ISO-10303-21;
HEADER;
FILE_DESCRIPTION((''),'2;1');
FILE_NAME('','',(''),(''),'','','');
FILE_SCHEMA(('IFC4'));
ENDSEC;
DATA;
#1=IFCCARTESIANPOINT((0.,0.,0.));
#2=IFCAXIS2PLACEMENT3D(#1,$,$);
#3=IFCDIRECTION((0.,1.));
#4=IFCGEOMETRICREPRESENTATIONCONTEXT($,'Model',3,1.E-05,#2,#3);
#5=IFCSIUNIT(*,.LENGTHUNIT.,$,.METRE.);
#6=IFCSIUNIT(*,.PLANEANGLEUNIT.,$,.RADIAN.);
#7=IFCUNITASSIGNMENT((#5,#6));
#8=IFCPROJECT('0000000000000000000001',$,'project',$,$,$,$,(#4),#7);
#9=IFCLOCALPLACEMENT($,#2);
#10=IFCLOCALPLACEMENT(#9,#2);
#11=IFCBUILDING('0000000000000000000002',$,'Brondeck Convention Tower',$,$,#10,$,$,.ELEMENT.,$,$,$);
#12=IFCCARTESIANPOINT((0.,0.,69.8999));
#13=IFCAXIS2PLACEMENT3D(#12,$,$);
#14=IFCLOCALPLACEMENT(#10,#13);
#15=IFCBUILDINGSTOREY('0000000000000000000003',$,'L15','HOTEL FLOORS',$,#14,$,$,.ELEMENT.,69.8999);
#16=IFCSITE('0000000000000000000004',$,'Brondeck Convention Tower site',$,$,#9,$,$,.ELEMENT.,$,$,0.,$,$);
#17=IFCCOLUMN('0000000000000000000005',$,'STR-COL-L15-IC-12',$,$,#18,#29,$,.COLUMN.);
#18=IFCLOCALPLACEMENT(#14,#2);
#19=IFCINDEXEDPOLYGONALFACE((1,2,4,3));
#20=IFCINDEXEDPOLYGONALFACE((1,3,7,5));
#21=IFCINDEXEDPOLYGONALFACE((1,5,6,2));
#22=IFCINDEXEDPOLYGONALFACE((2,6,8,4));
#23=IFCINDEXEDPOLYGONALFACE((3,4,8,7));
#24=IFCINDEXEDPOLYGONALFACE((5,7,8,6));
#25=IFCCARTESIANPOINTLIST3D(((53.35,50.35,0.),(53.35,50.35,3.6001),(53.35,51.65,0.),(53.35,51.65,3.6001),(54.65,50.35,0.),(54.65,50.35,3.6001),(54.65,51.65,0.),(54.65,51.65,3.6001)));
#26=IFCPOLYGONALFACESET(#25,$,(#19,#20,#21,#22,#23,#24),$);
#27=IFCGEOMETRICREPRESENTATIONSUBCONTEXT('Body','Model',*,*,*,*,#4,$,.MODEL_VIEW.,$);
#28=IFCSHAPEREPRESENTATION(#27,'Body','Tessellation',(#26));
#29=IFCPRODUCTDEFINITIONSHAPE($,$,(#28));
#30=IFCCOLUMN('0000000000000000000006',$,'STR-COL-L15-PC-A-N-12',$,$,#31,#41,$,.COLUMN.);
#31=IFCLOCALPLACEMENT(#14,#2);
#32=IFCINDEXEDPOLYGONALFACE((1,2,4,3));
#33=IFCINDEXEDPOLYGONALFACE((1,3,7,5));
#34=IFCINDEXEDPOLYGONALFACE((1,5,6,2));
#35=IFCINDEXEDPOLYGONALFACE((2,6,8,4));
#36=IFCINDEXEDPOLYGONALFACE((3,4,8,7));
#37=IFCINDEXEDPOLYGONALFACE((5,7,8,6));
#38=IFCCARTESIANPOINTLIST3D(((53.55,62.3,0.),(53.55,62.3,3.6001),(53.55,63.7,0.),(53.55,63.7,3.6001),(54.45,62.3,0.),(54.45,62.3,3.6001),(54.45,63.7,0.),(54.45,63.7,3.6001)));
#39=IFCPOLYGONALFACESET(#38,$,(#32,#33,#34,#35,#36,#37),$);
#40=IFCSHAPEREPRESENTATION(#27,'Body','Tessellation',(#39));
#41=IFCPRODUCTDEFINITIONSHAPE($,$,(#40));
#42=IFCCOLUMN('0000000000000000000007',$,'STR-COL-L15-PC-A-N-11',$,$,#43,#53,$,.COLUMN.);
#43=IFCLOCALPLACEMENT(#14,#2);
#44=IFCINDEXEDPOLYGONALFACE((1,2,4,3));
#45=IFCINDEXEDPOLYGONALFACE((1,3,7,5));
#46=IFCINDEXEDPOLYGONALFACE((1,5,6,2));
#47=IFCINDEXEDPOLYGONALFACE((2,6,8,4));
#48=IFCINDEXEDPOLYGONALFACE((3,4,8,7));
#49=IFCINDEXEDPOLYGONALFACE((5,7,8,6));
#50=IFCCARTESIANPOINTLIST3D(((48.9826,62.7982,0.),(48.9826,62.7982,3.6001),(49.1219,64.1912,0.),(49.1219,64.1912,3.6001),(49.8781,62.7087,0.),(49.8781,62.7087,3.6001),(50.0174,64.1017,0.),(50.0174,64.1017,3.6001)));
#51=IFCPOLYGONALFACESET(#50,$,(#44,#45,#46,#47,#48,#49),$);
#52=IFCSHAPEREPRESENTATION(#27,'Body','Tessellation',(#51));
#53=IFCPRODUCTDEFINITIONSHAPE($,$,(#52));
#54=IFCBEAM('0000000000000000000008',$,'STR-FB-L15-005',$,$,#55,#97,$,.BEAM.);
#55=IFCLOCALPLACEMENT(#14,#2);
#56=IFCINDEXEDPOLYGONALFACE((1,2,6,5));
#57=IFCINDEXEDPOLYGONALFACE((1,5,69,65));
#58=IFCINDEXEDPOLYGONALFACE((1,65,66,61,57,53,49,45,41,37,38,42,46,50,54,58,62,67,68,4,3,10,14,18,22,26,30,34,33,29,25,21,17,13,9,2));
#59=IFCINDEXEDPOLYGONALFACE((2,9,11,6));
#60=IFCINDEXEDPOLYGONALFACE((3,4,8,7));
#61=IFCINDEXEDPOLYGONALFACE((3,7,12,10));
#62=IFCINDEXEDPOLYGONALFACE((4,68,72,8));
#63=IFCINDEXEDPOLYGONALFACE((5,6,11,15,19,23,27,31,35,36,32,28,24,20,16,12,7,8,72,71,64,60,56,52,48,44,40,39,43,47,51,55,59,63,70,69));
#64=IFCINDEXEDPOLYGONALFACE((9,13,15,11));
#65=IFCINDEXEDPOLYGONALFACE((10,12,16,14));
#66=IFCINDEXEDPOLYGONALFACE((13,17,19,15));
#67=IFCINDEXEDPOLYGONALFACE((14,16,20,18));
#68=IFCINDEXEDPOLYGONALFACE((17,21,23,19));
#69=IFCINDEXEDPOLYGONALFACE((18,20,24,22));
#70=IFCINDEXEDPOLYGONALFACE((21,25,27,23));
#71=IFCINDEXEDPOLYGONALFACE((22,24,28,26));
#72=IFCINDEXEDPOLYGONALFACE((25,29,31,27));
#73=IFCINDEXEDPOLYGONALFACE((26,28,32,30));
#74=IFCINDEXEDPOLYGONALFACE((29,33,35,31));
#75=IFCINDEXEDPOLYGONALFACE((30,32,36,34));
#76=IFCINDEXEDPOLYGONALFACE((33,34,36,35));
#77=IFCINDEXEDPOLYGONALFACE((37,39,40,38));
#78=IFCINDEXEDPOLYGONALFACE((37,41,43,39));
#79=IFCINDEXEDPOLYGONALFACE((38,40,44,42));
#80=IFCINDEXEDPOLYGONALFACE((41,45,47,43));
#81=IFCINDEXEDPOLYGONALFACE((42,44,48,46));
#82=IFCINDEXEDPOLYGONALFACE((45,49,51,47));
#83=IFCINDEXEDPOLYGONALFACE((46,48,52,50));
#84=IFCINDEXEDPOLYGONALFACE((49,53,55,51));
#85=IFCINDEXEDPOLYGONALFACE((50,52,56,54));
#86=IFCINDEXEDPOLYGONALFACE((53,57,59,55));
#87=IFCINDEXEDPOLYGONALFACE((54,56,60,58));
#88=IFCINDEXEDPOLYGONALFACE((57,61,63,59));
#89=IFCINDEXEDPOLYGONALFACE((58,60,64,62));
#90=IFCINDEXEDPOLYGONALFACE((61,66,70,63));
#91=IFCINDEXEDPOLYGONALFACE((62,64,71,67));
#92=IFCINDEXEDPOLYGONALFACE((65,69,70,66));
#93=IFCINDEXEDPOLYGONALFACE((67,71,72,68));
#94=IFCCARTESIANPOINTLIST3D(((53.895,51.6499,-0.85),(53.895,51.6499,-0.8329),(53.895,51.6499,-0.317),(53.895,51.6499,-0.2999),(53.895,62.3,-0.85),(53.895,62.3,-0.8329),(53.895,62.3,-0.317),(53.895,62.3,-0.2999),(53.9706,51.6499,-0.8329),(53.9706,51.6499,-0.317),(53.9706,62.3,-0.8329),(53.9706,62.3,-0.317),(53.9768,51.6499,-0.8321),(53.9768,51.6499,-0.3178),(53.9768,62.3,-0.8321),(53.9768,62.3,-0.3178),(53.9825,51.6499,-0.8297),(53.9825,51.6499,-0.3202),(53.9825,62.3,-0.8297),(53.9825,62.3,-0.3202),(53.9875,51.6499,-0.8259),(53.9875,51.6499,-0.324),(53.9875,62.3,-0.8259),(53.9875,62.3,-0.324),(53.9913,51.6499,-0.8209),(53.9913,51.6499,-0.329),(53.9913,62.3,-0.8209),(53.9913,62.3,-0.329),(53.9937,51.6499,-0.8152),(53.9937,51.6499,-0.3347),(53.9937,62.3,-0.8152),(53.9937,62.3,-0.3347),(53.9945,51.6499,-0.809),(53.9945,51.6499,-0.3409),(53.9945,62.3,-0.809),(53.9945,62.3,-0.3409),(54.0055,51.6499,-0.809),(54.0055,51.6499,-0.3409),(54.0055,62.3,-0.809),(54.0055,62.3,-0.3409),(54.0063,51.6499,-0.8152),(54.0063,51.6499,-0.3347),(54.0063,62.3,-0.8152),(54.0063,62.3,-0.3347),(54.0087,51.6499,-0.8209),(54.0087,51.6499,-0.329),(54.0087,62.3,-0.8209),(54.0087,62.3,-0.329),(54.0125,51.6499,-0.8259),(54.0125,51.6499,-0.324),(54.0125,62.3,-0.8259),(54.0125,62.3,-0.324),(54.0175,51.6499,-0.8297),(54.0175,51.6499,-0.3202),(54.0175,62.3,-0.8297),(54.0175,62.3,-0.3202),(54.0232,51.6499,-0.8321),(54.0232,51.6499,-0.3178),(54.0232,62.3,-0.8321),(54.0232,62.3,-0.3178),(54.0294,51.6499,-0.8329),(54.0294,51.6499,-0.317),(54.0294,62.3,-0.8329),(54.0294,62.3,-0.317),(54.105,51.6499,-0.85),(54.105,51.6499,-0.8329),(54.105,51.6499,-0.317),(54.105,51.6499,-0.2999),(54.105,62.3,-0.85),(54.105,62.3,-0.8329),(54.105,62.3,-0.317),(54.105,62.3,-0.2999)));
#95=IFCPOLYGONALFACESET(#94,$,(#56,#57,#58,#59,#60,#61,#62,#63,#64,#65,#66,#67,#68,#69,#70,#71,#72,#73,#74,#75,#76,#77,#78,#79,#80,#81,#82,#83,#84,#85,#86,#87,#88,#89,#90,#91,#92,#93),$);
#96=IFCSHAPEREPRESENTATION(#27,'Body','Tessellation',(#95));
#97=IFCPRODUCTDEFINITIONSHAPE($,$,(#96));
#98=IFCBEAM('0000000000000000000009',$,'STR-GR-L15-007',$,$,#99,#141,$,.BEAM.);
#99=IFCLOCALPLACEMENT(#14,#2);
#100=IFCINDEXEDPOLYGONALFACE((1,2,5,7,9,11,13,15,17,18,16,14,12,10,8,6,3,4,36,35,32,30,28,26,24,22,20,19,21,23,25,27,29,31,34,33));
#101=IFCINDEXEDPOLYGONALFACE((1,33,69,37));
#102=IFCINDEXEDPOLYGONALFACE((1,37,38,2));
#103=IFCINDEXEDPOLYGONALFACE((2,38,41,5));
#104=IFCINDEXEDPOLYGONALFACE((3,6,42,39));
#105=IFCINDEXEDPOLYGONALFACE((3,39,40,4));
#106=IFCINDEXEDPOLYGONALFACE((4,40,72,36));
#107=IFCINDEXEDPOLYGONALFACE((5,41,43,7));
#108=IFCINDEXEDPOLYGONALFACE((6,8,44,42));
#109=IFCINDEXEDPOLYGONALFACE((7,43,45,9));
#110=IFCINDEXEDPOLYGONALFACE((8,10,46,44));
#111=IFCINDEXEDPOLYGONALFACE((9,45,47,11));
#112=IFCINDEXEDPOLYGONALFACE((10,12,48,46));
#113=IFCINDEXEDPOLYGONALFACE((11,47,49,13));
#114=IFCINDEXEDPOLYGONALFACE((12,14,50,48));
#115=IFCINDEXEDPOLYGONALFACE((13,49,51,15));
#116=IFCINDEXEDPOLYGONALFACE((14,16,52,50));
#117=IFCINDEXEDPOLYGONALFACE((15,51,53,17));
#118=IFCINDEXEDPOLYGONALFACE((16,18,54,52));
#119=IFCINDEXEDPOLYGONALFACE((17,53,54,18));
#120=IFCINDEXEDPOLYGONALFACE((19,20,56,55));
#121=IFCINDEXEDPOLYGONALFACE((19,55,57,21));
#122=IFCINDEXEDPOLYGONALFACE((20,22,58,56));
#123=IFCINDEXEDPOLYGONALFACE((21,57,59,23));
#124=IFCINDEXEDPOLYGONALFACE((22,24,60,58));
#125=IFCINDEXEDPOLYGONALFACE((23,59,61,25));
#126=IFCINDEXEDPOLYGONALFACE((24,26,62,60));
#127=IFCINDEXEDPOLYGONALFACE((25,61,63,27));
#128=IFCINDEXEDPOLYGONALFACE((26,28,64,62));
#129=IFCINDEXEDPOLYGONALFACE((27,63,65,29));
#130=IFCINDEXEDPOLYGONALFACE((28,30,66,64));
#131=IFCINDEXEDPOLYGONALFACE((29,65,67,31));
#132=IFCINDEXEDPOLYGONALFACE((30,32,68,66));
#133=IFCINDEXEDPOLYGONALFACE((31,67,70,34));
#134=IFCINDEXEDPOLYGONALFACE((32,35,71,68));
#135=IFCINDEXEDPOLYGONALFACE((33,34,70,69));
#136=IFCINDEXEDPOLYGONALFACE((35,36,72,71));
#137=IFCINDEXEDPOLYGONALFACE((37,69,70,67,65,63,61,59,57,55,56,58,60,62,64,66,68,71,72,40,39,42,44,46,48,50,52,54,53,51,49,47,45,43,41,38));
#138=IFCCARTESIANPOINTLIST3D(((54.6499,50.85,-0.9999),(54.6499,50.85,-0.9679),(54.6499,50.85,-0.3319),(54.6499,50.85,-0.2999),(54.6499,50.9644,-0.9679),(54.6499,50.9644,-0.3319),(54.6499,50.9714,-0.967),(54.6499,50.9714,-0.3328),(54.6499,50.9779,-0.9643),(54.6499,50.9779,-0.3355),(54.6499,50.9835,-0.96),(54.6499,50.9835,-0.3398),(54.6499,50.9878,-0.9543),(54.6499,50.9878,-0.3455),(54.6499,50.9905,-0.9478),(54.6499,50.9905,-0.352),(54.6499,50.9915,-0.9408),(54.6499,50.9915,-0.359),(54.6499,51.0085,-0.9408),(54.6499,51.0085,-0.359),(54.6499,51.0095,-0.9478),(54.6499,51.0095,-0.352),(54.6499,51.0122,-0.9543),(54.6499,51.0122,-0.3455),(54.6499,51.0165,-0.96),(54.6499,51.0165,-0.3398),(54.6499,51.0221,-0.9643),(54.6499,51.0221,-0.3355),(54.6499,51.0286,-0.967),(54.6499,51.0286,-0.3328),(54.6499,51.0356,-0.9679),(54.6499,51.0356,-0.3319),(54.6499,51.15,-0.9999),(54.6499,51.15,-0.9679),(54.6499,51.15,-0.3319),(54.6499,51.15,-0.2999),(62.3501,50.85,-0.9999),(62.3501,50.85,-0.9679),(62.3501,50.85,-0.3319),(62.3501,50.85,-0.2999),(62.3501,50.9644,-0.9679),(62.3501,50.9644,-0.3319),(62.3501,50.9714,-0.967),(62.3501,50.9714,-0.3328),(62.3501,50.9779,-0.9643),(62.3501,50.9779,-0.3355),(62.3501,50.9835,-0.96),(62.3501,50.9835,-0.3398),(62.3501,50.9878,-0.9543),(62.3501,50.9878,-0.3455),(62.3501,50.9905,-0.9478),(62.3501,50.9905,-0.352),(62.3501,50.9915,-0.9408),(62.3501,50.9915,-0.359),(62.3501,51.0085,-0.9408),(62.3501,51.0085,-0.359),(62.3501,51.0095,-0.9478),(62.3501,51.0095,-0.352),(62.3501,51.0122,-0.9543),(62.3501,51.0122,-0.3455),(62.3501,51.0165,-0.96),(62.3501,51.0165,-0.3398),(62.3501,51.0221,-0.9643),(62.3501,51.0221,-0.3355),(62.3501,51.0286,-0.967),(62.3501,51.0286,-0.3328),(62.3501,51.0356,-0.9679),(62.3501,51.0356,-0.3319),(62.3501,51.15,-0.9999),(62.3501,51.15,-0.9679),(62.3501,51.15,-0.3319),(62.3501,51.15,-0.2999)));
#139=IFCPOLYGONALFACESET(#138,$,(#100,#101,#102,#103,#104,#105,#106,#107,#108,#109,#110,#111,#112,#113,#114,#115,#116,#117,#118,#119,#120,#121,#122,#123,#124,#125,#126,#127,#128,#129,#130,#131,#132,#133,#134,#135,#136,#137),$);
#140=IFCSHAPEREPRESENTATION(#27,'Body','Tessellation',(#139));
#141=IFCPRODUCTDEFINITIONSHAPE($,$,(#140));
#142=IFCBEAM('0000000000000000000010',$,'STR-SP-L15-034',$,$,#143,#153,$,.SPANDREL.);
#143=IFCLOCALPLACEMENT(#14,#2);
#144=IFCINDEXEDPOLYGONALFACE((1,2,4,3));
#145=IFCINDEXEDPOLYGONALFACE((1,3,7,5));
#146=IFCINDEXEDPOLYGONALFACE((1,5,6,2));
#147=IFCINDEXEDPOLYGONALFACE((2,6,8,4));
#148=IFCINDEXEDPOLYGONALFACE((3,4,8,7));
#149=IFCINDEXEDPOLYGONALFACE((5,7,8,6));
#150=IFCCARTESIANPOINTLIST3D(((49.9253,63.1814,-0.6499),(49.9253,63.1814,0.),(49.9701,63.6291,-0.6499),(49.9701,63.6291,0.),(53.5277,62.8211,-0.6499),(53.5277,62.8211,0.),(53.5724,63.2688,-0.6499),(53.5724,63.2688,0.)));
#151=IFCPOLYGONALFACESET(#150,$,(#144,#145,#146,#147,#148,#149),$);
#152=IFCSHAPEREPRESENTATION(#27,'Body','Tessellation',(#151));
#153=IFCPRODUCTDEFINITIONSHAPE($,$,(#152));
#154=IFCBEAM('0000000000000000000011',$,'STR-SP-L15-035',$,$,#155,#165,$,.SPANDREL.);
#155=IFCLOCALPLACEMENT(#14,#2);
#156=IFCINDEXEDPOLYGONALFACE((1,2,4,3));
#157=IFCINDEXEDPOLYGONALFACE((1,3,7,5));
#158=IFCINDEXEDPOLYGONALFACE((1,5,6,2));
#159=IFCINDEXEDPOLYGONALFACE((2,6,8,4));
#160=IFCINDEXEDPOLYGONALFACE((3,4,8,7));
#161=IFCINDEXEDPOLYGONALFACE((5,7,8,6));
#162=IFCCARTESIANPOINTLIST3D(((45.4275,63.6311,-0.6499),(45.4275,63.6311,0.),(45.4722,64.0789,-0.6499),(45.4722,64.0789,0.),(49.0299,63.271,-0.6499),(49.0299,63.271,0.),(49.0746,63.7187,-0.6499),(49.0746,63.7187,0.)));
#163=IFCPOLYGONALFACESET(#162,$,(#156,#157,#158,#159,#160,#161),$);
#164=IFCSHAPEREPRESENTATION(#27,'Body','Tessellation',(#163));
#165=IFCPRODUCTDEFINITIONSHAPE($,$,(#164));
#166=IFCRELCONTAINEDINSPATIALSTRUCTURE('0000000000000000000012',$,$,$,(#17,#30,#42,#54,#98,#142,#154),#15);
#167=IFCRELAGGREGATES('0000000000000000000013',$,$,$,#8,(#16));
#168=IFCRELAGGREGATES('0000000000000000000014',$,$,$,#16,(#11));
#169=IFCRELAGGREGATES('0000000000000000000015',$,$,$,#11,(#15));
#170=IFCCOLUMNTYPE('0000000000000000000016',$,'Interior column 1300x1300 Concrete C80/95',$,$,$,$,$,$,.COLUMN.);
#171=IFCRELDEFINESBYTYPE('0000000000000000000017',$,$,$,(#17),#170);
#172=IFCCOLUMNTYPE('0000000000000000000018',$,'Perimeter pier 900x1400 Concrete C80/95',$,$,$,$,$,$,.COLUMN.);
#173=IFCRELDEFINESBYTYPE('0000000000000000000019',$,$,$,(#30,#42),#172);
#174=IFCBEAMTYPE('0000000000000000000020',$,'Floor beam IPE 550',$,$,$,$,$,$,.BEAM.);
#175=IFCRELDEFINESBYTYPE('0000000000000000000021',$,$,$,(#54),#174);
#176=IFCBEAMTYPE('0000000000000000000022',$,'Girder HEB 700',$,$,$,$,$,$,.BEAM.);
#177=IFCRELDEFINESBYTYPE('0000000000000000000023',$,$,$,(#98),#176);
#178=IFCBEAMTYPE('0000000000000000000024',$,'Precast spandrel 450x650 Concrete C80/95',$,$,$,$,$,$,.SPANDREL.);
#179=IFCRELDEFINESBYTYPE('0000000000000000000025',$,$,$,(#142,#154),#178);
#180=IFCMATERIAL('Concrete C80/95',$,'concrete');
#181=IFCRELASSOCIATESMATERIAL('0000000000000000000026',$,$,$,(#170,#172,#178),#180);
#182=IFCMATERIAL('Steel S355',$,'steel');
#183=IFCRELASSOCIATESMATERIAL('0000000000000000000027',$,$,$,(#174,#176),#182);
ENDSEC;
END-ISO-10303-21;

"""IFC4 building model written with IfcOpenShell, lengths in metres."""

from ifc_helpers import new_model, si_unit, direction, frame, origin, origin_2d, place, context, subcontext, project, spatial, rectangle, i_section, extrude, material, material_profile, profile_set, type_object, element, save


model = new_model("IFC4")

# Units and contexts
model_context = context("Model", 3, precision=1e-05, world=origin(), true_north=direction((0.0, 1.0)))
body_context = subcontext(model_context, "Body", "Model", "MODEL_VIEW")
ifc_project = project(units=[si_unit("LENGTHUNIT", "METRE"), si_unit("PLANEANGLEUNIT", "RADIAN")], contexts=[model_context])

# Site, building, storey
site_placement = place(None, origin())
site = spatial("IfcSite", under=ifc_project, at=site_placement, Name="Brondeck Convention Tower site", CompositionType="ELEMENT", RefElevation=0.0)
building_placement = place(site_placement, origin())
building = spatial("IfcBuilding", under=site, at=building_placement, Name="Brondeck Convention Tower", CompositionType="ELEMENT")
storey_placement = place(building_placement, frame((0.0, 0.0, 69.8999)))
storey = spatial("IfcBuildingStorey", under=building, at=storey_placement, Name="L15", Description="HOTEL FLOORS", CompositionType="ELEMENT", Elevation=69.8999)

# Columns
ifc_material_1 = material(Name="Concrete C80/95", Category="concrete")
ifc_material_profile_1 = material_profile(ifc_material_1, rectangle(XDim=1.3, YDim=1.3, at=origin_2d()), Name="Interior column 1300x1300 Concrete C80/95")
ifc_profile_set_1 = profile_set([ifc_material_profile_1], Name="Concrete C80/95")
column_type_1 = type_object("IfcColumnType", Name="Interior column 1300x1300 Concrete C80/95", PredefinedType="COLUMN", material=ifc_profile_set_1)
column_placement = place(storey_placement, frame((54.0, 51.0, 0.0), z_axis=(0.0, 0.0, 1.0), x_axis=(1.0, 0.0, 0.0)))
element("IfcColumn", 1, at=column_placement, inside=storey, type_object=column_type_1, Name="STR-COL-L15-IC-12", PredefinedType="COLUMN", context=body_context, shape_type="SweptSolid", body=[
    extrude(rectangle(XDim=1.3, YDim=1.3, at=origin_2d()), origin(), (0.0, 0.0, 1.0), 3.6001),
])
ifc_material_profile_2 = material_profile(ifc_material_1, rectangle(XDim=0.8999, YDim=1.3999, at=origin_2d()), Name="Perimeter pier 900x1400 Concrete C80/95")
ifc_profile_set_2 = profile_set([ifc_material_profile_2], Name="Concrete C80/95")
column_type_2 = type_object("IfcColumnType", Name="Perimeter pier 900x1400 Concrete C80/95", PredefinedType="COLUMN", material=ifc_profile_set_2)
for number, where, z_axis, x_axis, name in (
    (2, (54.0, 63.0, 0.0), (0.0, 0.0, 1.0), (-1.0, 0.0, 0.0), "STR-COL-L15-PC-A-N-12"),
    (3, (49.5, 63.45, 0.0), (0.0, 0.0, 1.0), (-0.995037, 0.099504, 0.0), "STR-COL-L15-PC-A-N-11"),
):
    element("IfcColumn", number, at=place(storey_placement, frame(where, z_axis=z_axis, x_axis=x_axis)), inside=storey, type_object=column_type_2, Name=name, PredefinedType="COLUMN", context=body_context, shape_type="SweptSolid", body=[
        extrude(rectangle(XDim=0.8999, YDim=1.3999, at=origin_2d()), origin(), (0.0, 0.0, 1.0), 3.6001),
    ])

# Beams
ifc_material_2 = material(Name="Steel S355", Category="steel")
ifc_material_profile_3 = material_profile(ifc_material_2, i_section(OverallWidth=0.21, OverallDepth=0.55, WebThickness=0.011, FlangeThickness=0.0171, FilletRadius=0.0239, at=origin_2d()), Name="IPE 550")
ifc_profile_set_3 = profile_set([ifc_material_profile_3], Name="Steel S355")
beam_type_1 = type_object("IfcBeamType", Name="Floor beam IPE 550", PredefinedType="BEAM", material=ifc_profile_set_3)
beam_1_placement = place(storey_placement, frame((54.0, 51.6499, -0.575), z_axis=(0.0, 1.0, 0.0), x_axis=(-1.0, 0.0, 0.0)))
element("IfcBeam", 4, at=beam_1_placement, inside=storey, type_object=beam_type_1, Name="STR-FB-L15-005", PredefinedType="BEAM", context=body_context, shape_type="SweptSolid", body=[
    extrude(i_section(OverallWidth=0.21, OverallDepth=0.55, WebThickness=0.011, FlangeThickness=0.0171, FilletRadius=0.0239, at=origin_2d()), origin(), (0.0, 0.0, 1.0), 10.6501),
])
ifc_material_profile_4 = material_profile(ifc_material_2, i_section(OverallWidth=0.3, OverallDepth=0.7, WebThickness=0.0171, FlangeThickness=0.032, FilletRadius=0.0271, at=origin_2d()), Name="HEB 700")
ifc_profile_set_4 = profile_set([ifc_material_profile_4], Name="Steel S355")
beam_type_2 = type_object("IfcBeamType", Name="Girder HEB 700", PredefinedType="BEAM", material=ifc_profile_set_4)
beam_2_placement = place(storey_placement, frame((54.6499, 51.0, -0.6499), z_axis=(1.0, 0.0, 0.0), x_axis=(0.0, 1.0, 0.0)))
element("IfcBeam", 5, at=beam_2_placement, inside=storey, type_object=beam_type_2, Name="STR-GR-L15-007", PredefinedType="BEAM", context=body_context, shape_type="SweptSolid", body=[
    extrude(i_section(OverallWidth=0.3, OverallDepth=0.7, WebThickness=0.0171, FlangeThickness=0.032, FilletRadius=0.0271, at=origin_2d()), origin(), (0.0, 0.0, 1.0), 7.7002),
])
ifc_material_profile_5 = material_profile(ifc_material_1, rectangle(XDim=0.45, YDim=0.6499, at=origin_2d()), Name="Precast spandrel 450x650 Concrete C80/95")
ifc_profile_set_5 = profile_set([ifc_material_profile_5], Name="Concrete C80/95")
beam_type_3 = type_object("IfcBeamType", Name="Precast spandrel 450x650 Concrete C80/95", PredefinedType="SPANDREL", material=ifc_profile_set_5)
for number, where, z_axis, x_axis, name in (
    (6, (53.55, 63.0449, -0.325), (-0.995034, 0.099537, 0.0), (-0.099537, -0.995034, 0.0), "STR-SP-L15-034"),
    (7, (49.0522, 63.4949, -0.325), (-0.995041, 0.09947, 0.0), (-0.09947, -0.995041, 0.0), "STR-SP-L15-035"),
):
    element("IfcBeam", number, at=place(storey_placement, frame(where, z_axis=z_axis, x_axis=x_axis)), inside=storey, type_object=beam_type_3, Name=name, PredefinedType="SPANDREL", context=body_context, shape_type="SweptSolid", body=[
        extrude(rectangle(XDim=0.45, YDim=0.6499, at=origin_2d()), origin(), (0.0, 0.0, 1.0), 3.6204),
    ])

save(model, "model.ifc")
